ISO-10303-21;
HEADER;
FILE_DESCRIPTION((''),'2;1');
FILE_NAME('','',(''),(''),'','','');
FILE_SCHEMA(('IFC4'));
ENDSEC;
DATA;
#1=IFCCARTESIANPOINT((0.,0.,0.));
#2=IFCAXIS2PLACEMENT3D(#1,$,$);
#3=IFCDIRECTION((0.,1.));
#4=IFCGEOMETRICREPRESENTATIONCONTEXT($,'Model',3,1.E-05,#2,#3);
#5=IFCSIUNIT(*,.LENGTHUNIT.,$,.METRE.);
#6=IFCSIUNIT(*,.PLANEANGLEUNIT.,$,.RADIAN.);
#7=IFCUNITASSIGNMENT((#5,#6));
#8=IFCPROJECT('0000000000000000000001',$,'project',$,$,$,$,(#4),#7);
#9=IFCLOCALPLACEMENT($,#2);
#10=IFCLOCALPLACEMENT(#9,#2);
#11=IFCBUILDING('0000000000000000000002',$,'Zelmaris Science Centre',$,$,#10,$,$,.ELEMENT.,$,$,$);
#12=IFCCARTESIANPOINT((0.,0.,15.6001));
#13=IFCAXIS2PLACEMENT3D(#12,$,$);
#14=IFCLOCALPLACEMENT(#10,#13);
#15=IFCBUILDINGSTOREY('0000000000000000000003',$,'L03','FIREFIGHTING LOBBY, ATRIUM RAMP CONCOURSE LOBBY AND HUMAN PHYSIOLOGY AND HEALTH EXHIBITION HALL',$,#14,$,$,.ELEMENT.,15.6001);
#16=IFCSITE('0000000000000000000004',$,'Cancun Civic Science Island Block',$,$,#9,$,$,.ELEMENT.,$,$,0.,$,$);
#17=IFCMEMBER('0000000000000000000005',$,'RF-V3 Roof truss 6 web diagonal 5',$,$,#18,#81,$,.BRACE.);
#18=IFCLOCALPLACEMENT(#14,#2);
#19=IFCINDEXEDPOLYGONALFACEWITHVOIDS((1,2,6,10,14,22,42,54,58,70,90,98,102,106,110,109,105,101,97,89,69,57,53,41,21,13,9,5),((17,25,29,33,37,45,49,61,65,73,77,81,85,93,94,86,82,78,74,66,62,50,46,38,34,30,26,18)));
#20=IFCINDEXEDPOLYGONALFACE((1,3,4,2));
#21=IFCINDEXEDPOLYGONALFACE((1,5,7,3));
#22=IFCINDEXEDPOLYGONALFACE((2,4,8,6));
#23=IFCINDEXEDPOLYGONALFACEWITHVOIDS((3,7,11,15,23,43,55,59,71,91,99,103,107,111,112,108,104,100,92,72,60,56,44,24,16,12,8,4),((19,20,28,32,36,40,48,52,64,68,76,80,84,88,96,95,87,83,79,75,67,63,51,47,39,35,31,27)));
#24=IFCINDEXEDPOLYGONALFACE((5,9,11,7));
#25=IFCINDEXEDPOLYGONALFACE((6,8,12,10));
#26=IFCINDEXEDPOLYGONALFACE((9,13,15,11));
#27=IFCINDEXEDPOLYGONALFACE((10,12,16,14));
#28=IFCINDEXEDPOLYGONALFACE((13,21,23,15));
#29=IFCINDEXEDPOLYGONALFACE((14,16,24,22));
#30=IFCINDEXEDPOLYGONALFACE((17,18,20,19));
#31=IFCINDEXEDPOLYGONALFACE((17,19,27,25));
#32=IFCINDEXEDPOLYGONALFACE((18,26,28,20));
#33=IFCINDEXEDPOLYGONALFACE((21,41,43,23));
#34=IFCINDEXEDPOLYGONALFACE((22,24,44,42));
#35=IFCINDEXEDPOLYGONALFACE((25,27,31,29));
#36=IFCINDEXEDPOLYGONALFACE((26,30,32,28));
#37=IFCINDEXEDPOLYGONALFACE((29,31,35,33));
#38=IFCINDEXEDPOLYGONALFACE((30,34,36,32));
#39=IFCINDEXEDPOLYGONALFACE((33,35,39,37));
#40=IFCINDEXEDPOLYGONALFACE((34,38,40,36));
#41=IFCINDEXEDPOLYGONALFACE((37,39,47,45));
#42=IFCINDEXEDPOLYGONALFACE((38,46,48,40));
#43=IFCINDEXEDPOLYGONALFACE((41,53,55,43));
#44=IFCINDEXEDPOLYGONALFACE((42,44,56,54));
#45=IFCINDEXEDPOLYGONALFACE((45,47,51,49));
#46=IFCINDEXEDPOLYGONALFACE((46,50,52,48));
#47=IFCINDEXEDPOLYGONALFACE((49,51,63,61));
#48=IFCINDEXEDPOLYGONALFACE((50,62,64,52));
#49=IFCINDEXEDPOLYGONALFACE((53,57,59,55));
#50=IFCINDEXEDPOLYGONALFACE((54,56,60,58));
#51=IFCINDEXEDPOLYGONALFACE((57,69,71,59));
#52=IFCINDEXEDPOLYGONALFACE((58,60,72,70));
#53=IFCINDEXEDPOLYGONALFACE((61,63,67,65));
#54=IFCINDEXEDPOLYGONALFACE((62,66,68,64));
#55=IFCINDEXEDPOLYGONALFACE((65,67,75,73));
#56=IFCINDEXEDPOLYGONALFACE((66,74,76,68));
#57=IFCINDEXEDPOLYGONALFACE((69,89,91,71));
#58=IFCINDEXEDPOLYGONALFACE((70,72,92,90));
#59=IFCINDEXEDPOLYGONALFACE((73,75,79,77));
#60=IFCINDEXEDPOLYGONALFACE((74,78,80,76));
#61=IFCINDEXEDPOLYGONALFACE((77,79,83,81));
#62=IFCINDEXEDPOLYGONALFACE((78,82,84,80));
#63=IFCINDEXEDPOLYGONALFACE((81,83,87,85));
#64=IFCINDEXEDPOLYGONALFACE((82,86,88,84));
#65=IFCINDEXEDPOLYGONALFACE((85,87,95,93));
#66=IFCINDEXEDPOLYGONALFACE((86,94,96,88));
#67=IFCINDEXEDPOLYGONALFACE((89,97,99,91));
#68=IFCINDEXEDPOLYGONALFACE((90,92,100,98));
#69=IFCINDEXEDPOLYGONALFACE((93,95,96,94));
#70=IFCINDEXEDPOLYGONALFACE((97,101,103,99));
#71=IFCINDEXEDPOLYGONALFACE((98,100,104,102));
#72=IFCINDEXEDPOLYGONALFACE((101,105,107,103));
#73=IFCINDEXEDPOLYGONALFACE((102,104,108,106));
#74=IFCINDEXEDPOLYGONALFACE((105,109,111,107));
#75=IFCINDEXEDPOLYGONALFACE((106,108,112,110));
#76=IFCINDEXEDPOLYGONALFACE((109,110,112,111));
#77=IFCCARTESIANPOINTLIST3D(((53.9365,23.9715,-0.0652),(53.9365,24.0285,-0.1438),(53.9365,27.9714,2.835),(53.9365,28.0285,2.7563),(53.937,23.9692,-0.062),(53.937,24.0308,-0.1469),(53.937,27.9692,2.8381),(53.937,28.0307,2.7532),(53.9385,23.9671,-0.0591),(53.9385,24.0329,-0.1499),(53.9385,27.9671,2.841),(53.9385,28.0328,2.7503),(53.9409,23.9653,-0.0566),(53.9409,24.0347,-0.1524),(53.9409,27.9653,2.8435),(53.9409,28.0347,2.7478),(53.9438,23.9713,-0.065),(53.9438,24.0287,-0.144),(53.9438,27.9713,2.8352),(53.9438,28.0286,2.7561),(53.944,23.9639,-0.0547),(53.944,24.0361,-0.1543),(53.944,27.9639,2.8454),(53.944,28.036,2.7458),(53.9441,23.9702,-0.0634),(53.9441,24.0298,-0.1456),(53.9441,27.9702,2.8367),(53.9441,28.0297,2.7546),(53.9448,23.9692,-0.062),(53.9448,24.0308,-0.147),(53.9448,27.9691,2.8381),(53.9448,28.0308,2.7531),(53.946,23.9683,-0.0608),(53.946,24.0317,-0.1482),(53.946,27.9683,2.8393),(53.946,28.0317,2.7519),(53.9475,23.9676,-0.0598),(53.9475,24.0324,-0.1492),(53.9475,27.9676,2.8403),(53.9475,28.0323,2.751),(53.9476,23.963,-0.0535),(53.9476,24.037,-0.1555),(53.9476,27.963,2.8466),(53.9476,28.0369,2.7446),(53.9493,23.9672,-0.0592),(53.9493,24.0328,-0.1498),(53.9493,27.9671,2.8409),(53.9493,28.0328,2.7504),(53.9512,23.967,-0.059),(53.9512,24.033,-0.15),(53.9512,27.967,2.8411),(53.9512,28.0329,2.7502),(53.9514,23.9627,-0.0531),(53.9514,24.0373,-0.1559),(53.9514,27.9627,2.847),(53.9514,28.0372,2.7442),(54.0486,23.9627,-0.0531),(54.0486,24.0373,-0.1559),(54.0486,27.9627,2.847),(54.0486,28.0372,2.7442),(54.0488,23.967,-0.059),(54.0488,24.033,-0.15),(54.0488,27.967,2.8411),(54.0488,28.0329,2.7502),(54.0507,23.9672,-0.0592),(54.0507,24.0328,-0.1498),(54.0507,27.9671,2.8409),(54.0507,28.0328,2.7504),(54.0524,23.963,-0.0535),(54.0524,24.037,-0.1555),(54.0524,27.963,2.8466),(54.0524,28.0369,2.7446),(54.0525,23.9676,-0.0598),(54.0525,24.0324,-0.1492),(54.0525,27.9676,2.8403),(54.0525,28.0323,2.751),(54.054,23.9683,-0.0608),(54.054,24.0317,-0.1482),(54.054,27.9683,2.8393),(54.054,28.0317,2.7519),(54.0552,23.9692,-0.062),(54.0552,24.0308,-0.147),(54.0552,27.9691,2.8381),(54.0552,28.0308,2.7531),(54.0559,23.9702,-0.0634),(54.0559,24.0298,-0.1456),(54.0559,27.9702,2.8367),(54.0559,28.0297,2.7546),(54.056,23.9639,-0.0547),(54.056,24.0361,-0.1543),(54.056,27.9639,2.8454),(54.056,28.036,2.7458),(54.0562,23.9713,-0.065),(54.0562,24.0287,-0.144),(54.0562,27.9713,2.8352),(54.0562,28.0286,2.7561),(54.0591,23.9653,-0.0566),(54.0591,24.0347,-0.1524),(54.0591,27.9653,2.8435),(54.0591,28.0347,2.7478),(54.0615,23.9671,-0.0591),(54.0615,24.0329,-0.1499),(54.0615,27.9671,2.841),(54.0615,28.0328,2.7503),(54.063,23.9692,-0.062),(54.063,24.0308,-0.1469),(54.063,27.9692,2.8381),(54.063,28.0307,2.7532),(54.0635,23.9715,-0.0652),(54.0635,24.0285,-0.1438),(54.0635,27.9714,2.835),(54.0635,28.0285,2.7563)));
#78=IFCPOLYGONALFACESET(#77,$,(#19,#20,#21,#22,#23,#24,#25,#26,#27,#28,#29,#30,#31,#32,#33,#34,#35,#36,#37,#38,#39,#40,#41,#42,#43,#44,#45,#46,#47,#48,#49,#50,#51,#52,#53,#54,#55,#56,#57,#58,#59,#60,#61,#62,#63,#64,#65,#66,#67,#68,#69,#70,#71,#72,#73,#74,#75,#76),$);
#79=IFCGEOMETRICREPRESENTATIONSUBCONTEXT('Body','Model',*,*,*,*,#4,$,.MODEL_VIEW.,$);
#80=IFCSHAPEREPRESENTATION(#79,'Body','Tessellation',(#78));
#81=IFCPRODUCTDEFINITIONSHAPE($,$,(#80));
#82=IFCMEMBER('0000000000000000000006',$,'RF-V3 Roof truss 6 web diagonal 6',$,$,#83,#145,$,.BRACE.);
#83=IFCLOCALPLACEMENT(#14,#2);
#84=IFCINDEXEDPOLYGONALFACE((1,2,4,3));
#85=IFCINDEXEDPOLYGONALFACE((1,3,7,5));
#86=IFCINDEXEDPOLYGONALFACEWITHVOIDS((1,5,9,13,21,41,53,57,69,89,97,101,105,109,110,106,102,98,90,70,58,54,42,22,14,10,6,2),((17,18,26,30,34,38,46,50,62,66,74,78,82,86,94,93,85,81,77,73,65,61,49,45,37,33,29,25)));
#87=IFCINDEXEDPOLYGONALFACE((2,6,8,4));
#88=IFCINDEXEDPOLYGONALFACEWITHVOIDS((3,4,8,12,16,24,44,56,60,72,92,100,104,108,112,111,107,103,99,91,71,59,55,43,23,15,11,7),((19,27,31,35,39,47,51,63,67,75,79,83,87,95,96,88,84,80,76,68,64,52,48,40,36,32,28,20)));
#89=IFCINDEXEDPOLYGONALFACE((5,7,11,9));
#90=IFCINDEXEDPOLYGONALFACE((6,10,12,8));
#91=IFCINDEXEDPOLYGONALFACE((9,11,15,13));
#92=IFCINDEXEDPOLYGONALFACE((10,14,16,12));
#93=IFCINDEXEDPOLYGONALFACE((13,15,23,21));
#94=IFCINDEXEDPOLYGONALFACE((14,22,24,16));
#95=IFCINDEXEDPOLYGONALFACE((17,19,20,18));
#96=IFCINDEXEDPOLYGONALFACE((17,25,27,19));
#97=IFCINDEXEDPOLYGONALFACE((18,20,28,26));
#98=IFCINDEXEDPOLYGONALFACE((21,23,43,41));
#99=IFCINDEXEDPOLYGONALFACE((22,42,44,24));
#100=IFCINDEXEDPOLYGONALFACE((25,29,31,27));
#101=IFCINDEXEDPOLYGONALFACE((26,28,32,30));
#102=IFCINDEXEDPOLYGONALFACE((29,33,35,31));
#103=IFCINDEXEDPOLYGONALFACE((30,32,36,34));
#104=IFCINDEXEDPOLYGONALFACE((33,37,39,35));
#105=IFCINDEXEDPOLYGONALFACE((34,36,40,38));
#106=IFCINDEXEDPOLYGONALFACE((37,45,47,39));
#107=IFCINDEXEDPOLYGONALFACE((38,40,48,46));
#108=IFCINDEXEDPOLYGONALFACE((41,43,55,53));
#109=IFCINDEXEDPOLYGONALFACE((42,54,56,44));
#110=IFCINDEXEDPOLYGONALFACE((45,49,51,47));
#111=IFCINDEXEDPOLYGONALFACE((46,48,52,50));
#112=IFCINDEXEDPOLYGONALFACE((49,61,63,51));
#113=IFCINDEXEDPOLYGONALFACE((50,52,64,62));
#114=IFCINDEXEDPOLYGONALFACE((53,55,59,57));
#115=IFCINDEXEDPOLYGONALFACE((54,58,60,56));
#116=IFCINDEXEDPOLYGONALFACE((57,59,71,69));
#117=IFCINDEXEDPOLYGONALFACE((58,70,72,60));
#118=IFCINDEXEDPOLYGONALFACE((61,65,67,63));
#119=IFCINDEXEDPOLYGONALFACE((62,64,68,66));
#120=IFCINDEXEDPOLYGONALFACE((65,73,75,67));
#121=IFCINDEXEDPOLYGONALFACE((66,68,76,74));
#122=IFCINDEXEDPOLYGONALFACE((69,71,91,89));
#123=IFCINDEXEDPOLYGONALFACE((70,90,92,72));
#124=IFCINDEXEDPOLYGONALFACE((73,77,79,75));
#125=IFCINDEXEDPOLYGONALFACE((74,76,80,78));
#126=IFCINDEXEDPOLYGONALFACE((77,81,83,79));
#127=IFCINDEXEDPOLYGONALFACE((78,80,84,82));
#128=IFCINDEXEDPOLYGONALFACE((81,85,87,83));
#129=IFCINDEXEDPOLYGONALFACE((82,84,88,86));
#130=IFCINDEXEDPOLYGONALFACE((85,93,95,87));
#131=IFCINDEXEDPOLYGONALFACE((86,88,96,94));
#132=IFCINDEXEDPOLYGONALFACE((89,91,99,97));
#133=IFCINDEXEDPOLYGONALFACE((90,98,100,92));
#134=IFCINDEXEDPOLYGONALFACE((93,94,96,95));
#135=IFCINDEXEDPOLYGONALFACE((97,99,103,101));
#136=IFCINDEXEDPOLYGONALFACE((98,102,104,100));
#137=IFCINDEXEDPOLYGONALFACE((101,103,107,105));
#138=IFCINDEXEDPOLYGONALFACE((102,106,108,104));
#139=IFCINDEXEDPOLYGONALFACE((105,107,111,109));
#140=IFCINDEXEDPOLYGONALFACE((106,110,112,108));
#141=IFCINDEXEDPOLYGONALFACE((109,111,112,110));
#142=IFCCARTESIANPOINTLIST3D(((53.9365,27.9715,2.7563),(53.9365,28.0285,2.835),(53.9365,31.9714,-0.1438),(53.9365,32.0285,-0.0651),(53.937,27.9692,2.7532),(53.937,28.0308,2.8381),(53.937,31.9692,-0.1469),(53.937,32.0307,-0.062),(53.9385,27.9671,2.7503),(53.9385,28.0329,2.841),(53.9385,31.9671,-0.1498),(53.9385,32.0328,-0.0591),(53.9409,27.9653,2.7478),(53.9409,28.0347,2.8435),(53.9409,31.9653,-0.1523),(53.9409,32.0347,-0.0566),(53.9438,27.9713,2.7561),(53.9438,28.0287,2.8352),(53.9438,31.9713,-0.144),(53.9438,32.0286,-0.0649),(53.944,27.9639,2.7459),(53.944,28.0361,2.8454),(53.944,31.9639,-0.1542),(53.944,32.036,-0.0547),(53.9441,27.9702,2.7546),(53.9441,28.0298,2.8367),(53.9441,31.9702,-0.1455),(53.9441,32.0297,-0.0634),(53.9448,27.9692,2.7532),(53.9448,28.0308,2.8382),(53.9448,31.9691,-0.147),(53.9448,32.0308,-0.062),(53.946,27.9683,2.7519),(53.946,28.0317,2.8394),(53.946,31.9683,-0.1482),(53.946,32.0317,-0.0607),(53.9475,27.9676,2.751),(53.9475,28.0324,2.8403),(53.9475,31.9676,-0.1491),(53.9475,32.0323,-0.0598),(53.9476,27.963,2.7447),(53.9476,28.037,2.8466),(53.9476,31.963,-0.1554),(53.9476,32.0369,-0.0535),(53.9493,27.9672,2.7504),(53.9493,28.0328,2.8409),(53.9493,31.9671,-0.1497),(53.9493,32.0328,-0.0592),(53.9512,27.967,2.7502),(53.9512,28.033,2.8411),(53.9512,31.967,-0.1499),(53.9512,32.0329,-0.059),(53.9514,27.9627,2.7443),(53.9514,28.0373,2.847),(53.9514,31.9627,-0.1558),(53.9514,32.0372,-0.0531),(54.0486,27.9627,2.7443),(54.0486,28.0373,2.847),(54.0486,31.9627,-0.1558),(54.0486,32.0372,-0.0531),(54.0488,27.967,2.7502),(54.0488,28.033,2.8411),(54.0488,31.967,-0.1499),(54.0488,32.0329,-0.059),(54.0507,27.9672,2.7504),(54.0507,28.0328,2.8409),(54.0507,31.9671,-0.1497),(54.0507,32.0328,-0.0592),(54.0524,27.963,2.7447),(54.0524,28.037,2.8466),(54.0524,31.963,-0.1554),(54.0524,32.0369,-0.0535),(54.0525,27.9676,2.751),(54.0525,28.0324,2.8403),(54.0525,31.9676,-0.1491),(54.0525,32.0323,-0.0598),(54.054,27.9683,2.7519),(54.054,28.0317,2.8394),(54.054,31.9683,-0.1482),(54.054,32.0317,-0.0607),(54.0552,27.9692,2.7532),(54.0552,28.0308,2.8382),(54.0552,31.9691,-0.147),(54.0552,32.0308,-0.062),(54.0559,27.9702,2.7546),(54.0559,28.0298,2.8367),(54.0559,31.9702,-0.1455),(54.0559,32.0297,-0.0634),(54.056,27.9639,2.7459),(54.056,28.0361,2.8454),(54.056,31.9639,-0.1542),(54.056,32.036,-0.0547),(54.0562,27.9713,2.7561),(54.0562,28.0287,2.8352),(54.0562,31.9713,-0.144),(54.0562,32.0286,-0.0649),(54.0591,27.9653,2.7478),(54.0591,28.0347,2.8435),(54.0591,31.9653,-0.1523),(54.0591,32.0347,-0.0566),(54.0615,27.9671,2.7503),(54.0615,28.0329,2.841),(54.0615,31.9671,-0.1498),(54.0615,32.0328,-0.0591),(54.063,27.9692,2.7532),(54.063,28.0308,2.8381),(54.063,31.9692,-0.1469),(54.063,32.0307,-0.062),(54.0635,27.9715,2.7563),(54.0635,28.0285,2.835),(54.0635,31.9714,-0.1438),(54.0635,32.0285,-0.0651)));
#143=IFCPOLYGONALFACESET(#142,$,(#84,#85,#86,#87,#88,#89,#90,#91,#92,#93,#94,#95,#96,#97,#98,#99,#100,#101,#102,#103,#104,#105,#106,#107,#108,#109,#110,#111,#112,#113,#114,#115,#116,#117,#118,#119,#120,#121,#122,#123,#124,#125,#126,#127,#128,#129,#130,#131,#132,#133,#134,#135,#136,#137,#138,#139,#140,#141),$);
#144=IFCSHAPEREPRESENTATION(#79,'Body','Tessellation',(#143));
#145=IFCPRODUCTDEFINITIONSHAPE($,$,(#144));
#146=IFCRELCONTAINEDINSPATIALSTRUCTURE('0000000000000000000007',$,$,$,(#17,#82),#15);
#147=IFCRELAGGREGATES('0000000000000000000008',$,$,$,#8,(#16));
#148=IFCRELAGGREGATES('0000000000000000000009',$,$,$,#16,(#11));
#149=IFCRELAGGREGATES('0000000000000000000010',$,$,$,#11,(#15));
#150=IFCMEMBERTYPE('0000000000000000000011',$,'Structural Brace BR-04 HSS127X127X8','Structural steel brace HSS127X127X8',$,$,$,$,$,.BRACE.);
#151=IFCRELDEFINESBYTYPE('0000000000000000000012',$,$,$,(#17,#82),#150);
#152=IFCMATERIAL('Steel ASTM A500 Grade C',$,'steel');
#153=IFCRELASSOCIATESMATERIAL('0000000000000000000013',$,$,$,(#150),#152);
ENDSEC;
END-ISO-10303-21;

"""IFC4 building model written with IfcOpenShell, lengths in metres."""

from ifc_helpers import new_model, si_unit, direction, frame, origin, origin_2d, place, context, subcontext, project, spatial, hollow_rectangle, extrude, material, material_profile, profile_set, type_object, element, save


model = new_model("IFC4")

# Units and contexts
model_context = context("Model", 3, precision=1e-05, world=origin(), true_north=direction((0.0, 1.0)))
body_context = subcontext(model_context, "Body", "Model", "MODEL_VIEW")
ifc_project = project(units=[si_unit("LENGTHUNIT", "METRE"), si_unit("PLANEANGLEUNIT", "RADIAN")], contexts=[model_context])

# Site, building, storey
site_placement = place(None, origin())
site = spatial("IfcSite", under=ifc_project, at=site_placement, Name="Cancun Civic Science Island Block", CompositionType="ELEMENT", RefElevation=0.0)
building_placement = place(site_placement, origin())
building = spatial("IfcBuilding", under=site, at=building_placement, Name="Zelmaris Science Centre", CompositionType="ELEMENT")
storey_placement = place(building_placement, frame((0.0, 0.0, 15.6001)))
storey = spatial("IfcBuildingStorey", under=building, at=storey_placement, Name="L03", Description="FIREFIGHTING LOBBY, ATRIUM RAMP CONCOURSE LOBBY AND HUMAN PHYSIOLOGY AND HEALTH EXHIBITION HALL", CompositionType="ELEMENT", Elevation=15.6001)

# Shared definitions
ifc_material_1 = material(Name="Steel ASTM A500 Grade C", Category="steel")

# Members
ifc_material_profile_1 = material_profile(ifc_material_1, hollow_rectangle(XDim=0.127, YDim=0.127, WallThickness=0.0073, InnerFilletRadius=0.0073, OuterFilletRadius=0.0149, at=origin_2d()), Name="HSS127X127X8")
ifc_profile_set_1 = profile_set([ifc_material_profile_1], Name="Steel ASTM A500 Grade C")
member_type_1 = type_object("IfcMemberType", Name="Structural Brace BR-04 HSS127X127X8", Description="Structural steel brace HSS127X127X8", PredefinedType="BRACE", material=ifc_profile_set_1)
for number, where, z_axis, x_axis, name in (
    (1, (54.0, 24.0, -0.1045), (0.0, 0.809596, 0.586987), (-1.0, 0.0, 0.0), "RF-V3 Roof truss 6 web diagonal 5"),
    (2, (54.0, 28.0, 2.7957), (0.0, 0.809596, -0.586987), (-1.0, 0.0, 0.0), "RF-V3 Roof truss 6 web diagonal 6"),
):
    element("IfcMember", number, at=place(storey_placement, frame(where, z_axis=z_axis, x_axis=x_axis)), inside=storey, type_object=member_type_1, Name=name, PredefinedType="BRACE", context=body_context, shape_type="SweptSolid", body=[
        extrude(hollow_rectangle(XDim=0.127, YDim=0.127, WallThickness=0.0073, InnerFilletRadius=0.0073, OuterFilletRadius=0.0149, at=origin_2d()), origin(), (0.0, 0.0, 1.0), 4.9407),
    ])

save(model, "model.ifc")
